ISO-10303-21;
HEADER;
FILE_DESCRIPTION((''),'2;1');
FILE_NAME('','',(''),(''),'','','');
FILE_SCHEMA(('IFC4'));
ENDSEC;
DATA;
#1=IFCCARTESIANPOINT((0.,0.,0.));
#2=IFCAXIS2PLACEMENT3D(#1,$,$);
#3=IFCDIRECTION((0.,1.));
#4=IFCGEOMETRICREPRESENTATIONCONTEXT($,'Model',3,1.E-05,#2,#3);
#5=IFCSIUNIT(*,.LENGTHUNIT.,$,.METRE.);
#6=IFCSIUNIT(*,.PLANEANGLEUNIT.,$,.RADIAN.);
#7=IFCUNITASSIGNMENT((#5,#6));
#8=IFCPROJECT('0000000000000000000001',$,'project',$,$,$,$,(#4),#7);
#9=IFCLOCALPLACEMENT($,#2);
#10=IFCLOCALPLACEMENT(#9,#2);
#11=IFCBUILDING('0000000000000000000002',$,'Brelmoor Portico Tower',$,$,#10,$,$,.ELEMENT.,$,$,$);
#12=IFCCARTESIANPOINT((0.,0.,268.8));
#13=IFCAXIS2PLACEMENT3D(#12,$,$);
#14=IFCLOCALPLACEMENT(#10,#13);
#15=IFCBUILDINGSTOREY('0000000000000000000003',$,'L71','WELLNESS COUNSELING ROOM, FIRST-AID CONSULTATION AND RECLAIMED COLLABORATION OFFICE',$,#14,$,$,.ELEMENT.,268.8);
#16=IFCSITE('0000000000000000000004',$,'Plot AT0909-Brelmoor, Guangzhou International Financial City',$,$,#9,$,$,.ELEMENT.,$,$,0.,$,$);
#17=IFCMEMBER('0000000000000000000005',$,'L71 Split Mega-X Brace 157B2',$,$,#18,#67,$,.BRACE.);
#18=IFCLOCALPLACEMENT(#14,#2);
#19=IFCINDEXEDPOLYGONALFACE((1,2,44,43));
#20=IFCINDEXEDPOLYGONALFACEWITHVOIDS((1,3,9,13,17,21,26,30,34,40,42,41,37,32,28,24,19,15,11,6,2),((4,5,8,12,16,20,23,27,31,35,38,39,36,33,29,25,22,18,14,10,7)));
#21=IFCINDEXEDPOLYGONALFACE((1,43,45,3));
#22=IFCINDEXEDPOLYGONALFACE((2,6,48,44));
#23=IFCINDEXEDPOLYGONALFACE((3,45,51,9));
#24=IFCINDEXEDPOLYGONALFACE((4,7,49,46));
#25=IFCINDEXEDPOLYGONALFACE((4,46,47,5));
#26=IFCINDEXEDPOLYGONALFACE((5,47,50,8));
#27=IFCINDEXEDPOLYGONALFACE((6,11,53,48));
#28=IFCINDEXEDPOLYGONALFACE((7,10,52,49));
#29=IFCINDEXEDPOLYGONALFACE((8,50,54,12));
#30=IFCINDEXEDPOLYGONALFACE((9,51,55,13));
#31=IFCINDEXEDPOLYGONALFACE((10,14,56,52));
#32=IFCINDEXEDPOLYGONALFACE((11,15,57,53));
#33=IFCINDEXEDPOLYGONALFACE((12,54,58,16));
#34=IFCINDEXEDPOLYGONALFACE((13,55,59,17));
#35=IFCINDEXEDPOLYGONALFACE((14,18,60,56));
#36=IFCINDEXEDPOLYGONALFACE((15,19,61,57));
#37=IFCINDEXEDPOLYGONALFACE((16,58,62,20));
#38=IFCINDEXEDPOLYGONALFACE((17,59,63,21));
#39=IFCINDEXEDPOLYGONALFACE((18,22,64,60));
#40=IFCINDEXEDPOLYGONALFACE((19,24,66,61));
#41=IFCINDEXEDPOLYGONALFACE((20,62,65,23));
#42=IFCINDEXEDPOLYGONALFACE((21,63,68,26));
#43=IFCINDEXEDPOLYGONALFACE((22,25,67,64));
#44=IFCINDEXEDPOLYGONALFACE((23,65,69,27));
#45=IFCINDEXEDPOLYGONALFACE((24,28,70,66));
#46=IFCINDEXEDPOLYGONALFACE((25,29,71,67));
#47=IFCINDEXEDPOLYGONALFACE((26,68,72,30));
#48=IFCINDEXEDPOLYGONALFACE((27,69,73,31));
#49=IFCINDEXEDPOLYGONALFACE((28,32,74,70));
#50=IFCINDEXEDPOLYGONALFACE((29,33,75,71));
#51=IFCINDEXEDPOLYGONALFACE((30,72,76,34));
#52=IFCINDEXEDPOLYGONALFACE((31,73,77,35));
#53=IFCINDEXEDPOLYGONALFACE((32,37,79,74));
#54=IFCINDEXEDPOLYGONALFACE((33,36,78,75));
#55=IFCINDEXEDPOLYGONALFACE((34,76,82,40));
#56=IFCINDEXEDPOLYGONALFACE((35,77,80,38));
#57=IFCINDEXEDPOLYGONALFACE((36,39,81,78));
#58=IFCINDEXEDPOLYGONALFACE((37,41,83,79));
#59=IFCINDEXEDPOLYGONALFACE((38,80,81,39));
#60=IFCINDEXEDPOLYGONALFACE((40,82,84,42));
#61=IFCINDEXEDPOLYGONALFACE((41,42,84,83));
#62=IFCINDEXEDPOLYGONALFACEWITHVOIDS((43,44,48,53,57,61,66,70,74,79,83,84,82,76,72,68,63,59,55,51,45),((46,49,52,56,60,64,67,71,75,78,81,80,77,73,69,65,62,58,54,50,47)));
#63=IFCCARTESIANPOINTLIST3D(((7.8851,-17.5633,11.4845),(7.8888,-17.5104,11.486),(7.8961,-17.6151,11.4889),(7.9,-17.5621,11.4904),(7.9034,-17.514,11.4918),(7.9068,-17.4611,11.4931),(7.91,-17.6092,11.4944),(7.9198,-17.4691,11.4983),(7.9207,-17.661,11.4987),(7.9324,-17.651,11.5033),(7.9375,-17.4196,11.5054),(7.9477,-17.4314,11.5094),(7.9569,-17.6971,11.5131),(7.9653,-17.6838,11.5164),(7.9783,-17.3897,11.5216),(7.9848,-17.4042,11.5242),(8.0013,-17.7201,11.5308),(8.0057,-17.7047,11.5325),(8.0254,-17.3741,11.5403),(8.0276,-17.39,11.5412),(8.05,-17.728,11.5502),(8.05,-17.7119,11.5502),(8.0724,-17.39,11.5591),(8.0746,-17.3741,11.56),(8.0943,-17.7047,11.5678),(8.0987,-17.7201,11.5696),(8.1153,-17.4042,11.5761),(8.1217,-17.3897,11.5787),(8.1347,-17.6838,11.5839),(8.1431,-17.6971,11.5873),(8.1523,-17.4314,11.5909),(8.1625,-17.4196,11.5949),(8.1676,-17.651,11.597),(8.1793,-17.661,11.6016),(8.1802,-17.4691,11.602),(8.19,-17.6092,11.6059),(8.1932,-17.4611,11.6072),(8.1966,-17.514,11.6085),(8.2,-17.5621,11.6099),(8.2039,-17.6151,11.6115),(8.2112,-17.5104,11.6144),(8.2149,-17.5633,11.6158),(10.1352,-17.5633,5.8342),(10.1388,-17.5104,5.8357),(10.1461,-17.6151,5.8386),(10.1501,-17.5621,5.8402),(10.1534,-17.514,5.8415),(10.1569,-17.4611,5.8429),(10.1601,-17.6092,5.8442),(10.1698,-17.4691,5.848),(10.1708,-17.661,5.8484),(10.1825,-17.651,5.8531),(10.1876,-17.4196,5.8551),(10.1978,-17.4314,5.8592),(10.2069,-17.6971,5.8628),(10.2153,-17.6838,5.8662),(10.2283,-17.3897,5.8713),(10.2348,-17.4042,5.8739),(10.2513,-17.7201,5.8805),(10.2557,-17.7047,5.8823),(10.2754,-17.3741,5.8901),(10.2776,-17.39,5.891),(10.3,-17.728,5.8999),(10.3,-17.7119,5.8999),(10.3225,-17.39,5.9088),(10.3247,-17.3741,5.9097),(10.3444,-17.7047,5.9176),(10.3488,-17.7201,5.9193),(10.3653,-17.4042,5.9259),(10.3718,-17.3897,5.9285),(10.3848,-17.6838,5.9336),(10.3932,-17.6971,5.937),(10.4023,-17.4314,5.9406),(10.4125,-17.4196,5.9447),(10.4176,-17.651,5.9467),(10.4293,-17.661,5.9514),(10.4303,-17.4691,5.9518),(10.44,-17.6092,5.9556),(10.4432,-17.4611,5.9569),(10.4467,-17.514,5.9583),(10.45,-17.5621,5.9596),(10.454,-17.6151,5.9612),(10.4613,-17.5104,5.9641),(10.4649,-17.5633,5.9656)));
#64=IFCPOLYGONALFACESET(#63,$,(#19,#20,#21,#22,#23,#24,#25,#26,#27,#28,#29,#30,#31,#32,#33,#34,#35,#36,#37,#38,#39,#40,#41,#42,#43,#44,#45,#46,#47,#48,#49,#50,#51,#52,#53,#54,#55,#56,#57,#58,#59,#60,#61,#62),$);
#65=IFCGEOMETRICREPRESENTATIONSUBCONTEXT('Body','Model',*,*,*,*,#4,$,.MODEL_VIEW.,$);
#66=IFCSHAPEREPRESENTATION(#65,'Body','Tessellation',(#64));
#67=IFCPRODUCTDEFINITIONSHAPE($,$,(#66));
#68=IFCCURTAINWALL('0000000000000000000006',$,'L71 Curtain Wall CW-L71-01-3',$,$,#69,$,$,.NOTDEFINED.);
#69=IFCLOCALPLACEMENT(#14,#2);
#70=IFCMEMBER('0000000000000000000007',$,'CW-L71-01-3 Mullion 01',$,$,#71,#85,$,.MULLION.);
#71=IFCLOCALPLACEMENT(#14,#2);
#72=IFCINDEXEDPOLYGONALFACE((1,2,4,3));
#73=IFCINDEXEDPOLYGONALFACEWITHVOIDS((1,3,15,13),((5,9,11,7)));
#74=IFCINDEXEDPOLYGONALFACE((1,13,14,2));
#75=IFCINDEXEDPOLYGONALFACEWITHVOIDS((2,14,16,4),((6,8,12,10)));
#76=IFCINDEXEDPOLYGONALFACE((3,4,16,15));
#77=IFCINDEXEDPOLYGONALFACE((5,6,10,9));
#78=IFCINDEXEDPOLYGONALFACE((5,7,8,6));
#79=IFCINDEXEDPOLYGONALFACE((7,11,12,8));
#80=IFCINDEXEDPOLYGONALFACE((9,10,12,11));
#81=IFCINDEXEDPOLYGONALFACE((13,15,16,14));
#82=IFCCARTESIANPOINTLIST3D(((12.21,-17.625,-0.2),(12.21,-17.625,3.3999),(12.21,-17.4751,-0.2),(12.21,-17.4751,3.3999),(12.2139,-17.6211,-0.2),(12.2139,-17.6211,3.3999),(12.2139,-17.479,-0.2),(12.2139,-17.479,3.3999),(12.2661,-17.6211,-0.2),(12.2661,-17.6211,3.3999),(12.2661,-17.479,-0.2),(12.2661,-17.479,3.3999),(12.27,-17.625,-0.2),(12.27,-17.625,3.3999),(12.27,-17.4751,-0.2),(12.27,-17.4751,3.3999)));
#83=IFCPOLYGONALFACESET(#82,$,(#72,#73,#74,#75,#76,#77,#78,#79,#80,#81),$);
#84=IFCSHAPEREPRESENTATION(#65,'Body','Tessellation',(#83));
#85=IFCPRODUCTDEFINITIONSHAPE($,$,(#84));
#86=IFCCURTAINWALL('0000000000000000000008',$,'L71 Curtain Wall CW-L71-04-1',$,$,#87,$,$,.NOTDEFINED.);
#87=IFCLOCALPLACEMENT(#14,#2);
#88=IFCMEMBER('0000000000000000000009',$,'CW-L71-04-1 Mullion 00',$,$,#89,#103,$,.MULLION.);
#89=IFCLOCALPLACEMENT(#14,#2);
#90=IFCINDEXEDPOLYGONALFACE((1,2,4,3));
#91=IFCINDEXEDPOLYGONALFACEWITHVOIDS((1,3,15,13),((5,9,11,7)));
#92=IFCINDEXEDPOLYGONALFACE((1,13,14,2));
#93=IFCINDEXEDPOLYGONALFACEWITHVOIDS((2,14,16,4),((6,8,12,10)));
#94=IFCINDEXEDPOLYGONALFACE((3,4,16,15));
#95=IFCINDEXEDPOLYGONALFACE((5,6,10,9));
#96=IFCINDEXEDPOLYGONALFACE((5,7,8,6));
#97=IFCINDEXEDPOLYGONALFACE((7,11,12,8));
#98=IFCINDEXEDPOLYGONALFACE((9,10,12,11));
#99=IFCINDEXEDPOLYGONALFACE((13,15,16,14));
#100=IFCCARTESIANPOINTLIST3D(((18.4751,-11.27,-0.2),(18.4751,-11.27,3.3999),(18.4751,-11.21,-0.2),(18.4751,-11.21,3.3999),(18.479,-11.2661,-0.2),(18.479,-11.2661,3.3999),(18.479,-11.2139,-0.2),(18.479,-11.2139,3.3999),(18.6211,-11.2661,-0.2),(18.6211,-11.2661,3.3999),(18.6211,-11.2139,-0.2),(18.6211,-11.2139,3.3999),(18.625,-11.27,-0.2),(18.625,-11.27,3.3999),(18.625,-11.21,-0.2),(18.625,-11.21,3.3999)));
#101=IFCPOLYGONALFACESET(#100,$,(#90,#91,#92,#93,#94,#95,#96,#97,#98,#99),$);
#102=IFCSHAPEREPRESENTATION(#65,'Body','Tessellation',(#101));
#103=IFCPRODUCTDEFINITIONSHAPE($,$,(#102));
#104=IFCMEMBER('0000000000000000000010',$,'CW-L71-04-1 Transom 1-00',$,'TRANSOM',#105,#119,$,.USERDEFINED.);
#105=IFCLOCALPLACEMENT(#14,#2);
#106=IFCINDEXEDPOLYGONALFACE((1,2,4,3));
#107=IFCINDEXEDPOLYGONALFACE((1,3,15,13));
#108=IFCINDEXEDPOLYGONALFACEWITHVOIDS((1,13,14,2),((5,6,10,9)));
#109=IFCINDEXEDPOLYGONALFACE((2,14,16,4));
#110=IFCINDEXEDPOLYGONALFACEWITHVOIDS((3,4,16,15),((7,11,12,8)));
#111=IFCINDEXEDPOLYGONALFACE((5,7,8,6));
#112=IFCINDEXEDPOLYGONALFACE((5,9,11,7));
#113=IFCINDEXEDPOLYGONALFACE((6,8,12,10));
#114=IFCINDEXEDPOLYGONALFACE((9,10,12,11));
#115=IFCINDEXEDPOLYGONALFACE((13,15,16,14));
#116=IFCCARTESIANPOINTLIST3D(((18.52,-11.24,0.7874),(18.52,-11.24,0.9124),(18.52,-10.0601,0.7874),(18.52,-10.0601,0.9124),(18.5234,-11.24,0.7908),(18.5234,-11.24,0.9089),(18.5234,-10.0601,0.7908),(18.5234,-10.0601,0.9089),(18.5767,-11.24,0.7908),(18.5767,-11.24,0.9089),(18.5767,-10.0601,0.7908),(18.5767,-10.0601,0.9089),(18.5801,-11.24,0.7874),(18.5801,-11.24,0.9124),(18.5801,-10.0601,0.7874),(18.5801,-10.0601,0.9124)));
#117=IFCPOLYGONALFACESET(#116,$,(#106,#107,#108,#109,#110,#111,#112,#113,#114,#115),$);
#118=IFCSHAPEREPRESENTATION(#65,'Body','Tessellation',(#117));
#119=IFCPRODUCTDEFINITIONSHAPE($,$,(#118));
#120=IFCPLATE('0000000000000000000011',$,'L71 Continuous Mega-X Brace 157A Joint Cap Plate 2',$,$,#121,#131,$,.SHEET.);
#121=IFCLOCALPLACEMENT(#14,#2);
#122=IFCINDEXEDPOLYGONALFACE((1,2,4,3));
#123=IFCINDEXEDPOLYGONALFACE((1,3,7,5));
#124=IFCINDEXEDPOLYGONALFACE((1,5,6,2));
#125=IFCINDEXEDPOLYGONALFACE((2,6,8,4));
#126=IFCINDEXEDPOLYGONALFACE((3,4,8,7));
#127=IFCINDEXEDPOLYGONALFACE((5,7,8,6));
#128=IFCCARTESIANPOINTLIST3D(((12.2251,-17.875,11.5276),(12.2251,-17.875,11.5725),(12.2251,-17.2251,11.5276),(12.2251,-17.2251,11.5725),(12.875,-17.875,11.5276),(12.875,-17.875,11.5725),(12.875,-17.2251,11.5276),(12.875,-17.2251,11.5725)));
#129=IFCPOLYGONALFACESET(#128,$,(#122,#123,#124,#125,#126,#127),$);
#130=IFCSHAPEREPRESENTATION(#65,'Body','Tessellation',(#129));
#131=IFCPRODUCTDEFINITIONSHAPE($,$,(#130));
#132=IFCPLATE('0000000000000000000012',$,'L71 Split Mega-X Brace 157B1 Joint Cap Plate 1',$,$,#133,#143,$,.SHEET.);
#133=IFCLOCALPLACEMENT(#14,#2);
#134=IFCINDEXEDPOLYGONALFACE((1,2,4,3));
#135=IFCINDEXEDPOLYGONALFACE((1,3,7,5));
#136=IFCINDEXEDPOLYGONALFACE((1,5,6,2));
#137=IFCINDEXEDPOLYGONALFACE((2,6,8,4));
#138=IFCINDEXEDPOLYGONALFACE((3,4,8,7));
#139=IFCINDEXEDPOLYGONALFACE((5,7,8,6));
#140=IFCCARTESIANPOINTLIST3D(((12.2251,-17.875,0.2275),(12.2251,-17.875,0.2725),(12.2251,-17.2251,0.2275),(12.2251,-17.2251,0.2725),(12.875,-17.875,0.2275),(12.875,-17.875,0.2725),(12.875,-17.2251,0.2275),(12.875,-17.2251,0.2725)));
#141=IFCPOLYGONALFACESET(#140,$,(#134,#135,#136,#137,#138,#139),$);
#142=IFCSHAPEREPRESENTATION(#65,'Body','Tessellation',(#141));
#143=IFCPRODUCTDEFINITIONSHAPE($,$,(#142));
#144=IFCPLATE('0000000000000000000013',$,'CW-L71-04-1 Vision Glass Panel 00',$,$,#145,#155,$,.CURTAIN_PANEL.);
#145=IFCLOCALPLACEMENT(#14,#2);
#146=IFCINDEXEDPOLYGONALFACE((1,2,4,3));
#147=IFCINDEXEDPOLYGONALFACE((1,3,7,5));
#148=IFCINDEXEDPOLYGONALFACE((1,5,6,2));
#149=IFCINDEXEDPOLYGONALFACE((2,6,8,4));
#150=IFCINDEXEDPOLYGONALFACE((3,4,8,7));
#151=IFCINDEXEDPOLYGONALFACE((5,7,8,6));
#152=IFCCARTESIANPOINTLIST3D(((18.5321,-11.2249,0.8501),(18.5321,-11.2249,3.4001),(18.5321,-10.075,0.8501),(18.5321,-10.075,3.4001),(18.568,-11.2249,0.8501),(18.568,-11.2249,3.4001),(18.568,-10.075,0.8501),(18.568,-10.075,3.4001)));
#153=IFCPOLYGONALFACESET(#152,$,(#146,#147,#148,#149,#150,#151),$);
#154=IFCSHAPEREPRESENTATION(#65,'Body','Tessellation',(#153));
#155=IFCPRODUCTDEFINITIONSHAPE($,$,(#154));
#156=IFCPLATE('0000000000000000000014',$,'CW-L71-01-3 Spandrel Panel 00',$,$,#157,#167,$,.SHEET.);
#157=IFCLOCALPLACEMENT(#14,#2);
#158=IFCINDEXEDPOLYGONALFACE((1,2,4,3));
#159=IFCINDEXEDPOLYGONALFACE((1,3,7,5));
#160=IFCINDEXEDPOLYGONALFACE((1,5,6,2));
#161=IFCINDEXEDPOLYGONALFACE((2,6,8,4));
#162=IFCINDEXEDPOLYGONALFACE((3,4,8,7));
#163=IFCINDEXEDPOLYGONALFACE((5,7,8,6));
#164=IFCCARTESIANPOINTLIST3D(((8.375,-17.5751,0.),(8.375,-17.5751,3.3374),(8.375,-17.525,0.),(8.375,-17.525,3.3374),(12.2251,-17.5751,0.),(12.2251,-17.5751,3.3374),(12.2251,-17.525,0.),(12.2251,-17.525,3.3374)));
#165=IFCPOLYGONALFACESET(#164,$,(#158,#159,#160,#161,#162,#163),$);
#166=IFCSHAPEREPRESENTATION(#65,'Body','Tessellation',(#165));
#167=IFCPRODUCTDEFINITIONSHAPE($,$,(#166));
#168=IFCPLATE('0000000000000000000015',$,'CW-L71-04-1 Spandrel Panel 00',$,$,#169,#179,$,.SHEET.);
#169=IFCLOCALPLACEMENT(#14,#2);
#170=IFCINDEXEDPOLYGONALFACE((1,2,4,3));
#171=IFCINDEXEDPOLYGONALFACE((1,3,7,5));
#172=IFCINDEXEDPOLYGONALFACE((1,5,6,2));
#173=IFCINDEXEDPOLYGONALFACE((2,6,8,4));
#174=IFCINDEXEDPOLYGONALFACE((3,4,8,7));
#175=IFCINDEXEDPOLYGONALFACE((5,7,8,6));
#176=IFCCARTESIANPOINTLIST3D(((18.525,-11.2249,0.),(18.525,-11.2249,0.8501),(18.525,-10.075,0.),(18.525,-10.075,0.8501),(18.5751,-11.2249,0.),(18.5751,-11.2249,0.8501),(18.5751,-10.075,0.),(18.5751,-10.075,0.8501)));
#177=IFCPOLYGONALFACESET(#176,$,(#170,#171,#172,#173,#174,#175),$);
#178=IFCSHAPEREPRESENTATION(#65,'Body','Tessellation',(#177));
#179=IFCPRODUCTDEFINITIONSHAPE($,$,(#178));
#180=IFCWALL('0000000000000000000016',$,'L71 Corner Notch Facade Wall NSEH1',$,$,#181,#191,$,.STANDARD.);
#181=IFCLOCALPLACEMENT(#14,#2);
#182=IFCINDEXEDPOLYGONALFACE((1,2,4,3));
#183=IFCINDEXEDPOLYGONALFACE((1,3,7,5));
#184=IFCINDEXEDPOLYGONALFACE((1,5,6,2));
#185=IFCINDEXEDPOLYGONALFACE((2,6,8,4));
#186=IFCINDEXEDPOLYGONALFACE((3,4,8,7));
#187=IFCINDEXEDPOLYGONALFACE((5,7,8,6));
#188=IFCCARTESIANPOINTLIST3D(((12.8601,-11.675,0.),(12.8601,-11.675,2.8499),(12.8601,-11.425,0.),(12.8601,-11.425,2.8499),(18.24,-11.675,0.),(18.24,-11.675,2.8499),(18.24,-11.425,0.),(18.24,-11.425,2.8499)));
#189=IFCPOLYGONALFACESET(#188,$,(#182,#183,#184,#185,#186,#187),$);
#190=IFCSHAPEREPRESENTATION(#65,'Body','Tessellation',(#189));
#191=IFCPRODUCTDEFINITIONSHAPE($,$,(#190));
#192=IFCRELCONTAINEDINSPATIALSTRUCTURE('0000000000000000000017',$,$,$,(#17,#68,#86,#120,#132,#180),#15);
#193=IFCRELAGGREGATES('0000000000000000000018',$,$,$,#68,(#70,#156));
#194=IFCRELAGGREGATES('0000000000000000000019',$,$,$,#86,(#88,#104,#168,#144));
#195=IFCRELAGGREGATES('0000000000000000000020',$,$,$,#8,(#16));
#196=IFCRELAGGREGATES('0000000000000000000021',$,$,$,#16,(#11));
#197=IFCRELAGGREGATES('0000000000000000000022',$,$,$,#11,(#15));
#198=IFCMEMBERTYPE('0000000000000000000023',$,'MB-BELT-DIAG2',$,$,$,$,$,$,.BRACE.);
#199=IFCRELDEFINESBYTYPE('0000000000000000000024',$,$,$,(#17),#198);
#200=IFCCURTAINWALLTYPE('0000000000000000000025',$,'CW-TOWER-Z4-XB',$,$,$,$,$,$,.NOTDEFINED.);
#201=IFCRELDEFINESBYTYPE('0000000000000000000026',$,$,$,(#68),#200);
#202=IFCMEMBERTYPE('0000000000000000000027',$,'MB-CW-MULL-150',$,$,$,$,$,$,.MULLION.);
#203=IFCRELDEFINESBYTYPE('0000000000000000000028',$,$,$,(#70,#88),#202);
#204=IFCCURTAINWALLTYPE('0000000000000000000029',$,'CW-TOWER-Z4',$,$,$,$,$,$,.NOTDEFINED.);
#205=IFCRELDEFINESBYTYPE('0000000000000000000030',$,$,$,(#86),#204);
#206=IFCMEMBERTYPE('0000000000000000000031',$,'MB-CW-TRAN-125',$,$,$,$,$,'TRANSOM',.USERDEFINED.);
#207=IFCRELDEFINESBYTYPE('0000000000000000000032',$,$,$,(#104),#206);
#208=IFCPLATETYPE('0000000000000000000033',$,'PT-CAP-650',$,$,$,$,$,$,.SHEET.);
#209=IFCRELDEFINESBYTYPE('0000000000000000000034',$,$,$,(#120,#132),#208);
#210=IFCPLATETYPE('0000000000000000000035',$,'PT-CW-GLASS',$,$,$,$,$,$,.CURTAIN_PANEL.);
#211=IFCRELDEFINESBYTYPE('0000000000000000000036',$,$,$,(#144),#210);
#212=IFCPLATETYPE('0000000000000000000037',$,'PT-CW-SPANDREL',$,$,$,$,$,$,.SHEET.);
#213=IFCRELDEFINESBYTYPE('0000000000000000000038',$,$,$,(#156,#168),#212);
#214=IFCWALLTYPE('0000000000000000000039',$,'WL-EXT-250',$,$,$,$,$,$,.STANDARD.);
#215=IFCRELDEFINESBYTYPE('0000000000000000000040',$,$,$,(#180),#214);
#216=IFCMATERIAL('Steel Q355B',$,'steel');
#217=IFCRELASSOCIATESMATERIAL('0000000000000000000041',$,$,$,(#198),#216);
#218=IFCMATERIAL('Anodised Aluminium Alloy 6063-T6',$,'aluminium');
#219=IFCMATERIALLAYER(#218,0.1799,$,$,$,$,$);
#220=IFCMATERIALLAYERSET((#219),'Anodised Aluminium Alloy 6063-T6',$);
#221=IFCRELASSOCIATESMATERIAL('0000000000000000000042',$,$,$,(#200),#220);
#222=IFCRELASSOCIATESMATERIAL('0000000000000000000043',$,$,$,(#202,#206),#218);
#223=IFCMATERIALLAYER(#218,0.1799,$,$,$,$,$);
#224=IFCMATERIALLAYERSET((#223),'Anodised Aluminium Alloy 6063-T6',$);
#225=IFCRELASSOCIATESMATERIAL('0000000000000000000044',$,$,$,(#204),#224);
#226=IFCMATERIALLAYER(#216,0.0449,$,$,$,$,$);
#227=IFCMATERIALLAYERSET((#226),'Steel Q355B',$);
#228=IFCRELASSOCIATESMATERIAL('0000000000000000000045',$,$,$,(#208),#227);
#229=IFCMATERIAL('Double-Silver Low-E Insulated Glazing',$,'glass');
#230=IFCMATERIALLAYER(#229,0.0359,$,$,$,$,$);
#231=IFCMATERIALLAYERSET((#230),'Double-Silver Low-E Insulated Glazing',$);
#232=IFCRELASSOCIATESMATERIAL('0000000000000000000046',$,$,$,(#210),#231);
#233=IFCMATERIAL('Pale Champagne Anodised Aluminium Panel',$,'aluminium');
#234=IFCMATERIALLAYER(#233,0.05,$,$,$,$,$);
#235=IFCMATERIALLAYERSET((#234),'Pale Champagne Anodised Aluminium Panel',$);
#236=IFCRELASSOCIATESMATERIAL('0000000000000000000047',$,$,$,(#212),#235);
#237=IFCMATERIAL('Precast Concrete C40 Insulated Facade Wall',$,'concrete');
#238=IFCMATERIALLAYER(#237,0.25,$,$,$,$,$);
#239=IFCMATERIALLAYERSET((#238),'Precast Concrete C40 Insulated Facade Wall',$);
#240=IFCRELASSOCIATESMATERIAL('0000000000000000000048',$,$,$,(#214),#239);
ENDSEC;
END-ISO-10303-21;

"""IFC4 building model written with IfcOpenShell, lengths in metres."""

from ifc_helpers import new_model, si_unit, direction, frame, frame_2d, origin, origin_2d, place, context, subcontext, project, spatial, rectangle, hollow_rectangle, hollow_circle, extrude, material, layer, layer_set, material_profile, profile_set, type_object, element, aggregate, save


model = new_model("IFC4")

# Units and contexts
model_context = context("Model", 3, precision=1e-05, world=origin(), true_north=direction((0.0, 1.0)))
body_context = subcontext(model_context, "Body", "Model", "MODEL_VIEW")
ifc_project = project(units=[si_unit("LENGTHUNIT", "METRE"), si_unit("PLANEANGLEUNIT", "RADIAN")], contexts=[model_context])

# Site, building, storey
site_placement = place(None, origin())
site = spatial("IfcSite", under=ifc_project, at=site_placement, Name="Plot AT0909-Brelmoor, Guangzhou International Financial City", CompositionType="ELEMENT", RefElevation=0.0)
building_placement = place(site_placement, origin())
building = spatial("IfcBuilding", under=site, at=building_placement, Name="Brelmoor Portico Tower", CompositionType="ELEMENT")
storey_placement = place(building_placement, frame((0.0, 0.0, 268.8)))
storey = spatial("IfcBuildingStorey", under=building, at=storey_placement, Name="L71", Description="WELLNESS COUNSELING ROOM, FIRST-AID CONSULTATION AND RECLAIMED COLLABORATION OFFICE", CompositionType="ELEMENT", Elevation=268.8)

# Shared definitions
ifc_material_1 = material(Name="Steel Q355B", Category="steel")

# Member
ifc_material_profile_1 = material_profile(ifc_material_1, hollow_circle(Radius=0.178, WallThickness=0.0161, at=origin_2d()), Name="CHS 356x16")
ifc_profile_set_1 = profile_set([ifc_material_profile_1], Name="Steel Q355B")
member_type_1 = type_object("IfcMemberType", Name="MB-BELT-DIAG2", PredefinedType="BRACE", material=ifc_profile_set_1)
member_1_placement = place(storey_placement, frame((10.3, -17.55, 5.8999), z_axis=(-0.369964, 0.0, 0.929046), x_axis=(0.0, -1.0, 0.0)))
element("IfcMember", 1, at=member_1_placement, inside=storey, type_object=member_type_1, Name="L71 Split Mega-X Brace 157B2", PredefinedType="BRACE", context=body_context, shape_type="SweptSolid", body=[
    extrude(hollow_circle(Radius=0.178, WallThickness=0.0161, at=origin_2d()), origin(), (0.0, 0.0, 1.0), 6.0818),
])

# Curtain wall, member
ifc_material_2 = material(Name="Anodised Aluminium Alloy 6063-T6", Category="aluminium")
ifc_layer_1 = layer(ifc_material_2, 0.1799)
ifc_layer_set_1 = layer_set([ifc_layer_1], Name="Anodised Aluminium Alloy 6063-T6")
curtain_wall_type_1 = type_object("IfcCurtainWallType", Name="CW-TOWER-Z4-XB", PredefinedType="NOTDEFINED", material=ifc_layer_set_1)
curtain_wall_1_placement = place(storey_placement, origin())
curtain_wall_1 = element("IfcCurtainWall", 2, at=curtain_wall_1_placement, inside=storey, type_object=curtain_wall_type_1, Name="L71 Curtain Wall CW-L71-01-3", PredefinedType="NOTDEFINED")
ifc_material_profile_2 = material_profile(ifc_material_2, hollow_rectangle(XDim=0.0601, YDim=0.1499, WallThickness=0.0039, at=origin_2d()), Name="ALU MULLION 60x150")
ifc_profile_set_2 = profile_set([ifc_material_profile_2], Name="Anodised Aluminium Alloy 6063-T6")
member_type_2 = type_object("IfcMemberType", Name="MB-CW-MULL-150", PredefinedType="MULLION", material=ifc_profile_set_2)
member_2_placement = place(storey_placement, frame((12.24, -17.55, -0.2), z_axis=(0.0, 0.0, 1.0), x_axis=(1.0, 0.0, 0.0)))
member_2 = element("IfcMember", 3, at=member_2_placement, type_object=member_type_2, Name="CW-L71-01-3 Mullion 01", PredefinedType="MULLION", context=body_context, shape_type="SweptSolid", body=[
    extrude(hollow_rectangle(XDim=0.0601, YDim=0.1499, WallThickness=0.0039, at=origin_2d()), origin(), (0.0, 0.0, 1.0), 3.5999),
])

# Curtain wall, members
ifc_layer_2 = layer(ifc_material_2, 0.1799)
ifc_layer_set_2 = layer_set([ifc_layer_2], Name="Anodised Aluminium Alloy 6063-T6")
curtain_wall_type_2 = type_object("IfcCurtainWallType", Name="CW-TOWER-Z4", PredefinedType="NOTDEFINED", material=ifc_layer_set_2)
curtain_wall_2_placement = place(storey_placement, origin())
curtain_wall_2 = element("IfcCurtainWall", 4, at=curtain_wall_2_placement, inside=storey, type_object=curtain_wall_type_2, Name="L71 Curtain Wall CW-L71-04-1", PredefinedType="NOTDEFINED")
member_3_placement = place(storey_placement, frame((18.55, -11.24, -0.2), z_axis=(0.0, 0.0, 1.0), x_axis=(0.0, 1.0, 0.0)))
member_3 = element("IfcMember", 5, at=member_3_placement, type_object=member_type_2, Name="CW-L71-04-1 Mullion 00", PredefinedType="MULLION", context=body_context, shape_type="SweptSolid", body=[
    extrude(hollow_rectangle(XDim=0.0601, YDim=0.1499, WallThickness=0.0039, at=origin_2d()), origin(), (0.0, 0.0, 1.0), 3.5999),
])
ifc_material_profile_3 = material_profile(ifc_material_2, hollow_rectangle(XDim=0.0601, YDim=0.125, WallThickness=0.0034, at=origin_2d()), Name="ALU TRANSOM 60x125")
ifc_profile_set_3 = profile_set([ifc_material_profile_3], Name="Anodised Aluminium Alloy 6063-T6")
member_type_3 = type_object("IfcMemberType", Name="MB-CW-TRAN-125", ElementType="TRANSOM", PredefinedType="USERDEFINED", material=ifc_profile_set_3)
member_4_placement = place(storey_placement, frame((18.55, -11.24, 0.8499), z_axis=(0.0, 1.0, 0.0), x_axis=(-1.0, 0.0, 0.0)))
member_4 = element("IfcMember", 6, at=member_4_placement, type_object=member_type_3, Name="CW-L71-04-1 Transom 1-00", ObjectType="TRANSOM", PredefinedType="USERDEFINED", context=body_context, shape_type="SweptSolid", body=[
    extrude(hollow_rectangle(XDim=0.0601, YDim=0.125, WallThickness=0.0034, at=origin_2d()), origin(), (0.0, 0.0, 1.0), 1.1799),
])

# Plates
ifc_layer_3 = layer(ifc_material_1, 0.0449)
ifc_layer_set_3 = layer_set([ifc_layer_3], Name="Steel Q355B")
plate_type_1 = type_object("IfcPlateType", Name="PT-CAP-650", PredefinedType="SHEET", material=ifc_layer_set_3)
for number, where, z_axis, x_axis, name in (
    (7, (12.55, -17.55, 11.5276), (0.0, 0.0, 1.0), (1.0, 0.0, 0.0), "L71 Continuous Mega-X Brace 157A Joint Cap Plate 2"),
    (8, (12.55, -17.55, 0.2275), (0.0, 0.0, 1.0), (1.0, 0.0, 0.0), "L71 Split Mega-X Brace 157B1 Joint Cap Plate 1"),
):
    element("IfcPlate", number, at=place(storey_placement, frame(where, z_axis=z_axis, x_axis=x_axis)), inside=storey, type_object=plate_type_1, Name=name, PredefinedType="SHEET", context=body_context, shape_type="SweptSolid", body=[
        extrude(rectangle(XDim=0.6499, YDim=0.6499, at=origin_2d()), origin(), (0.0, 0.0, 1.0), 0.0449),
    ])

# Plates
ifc_material_3 = material(Name="Double-Silver Low-E Insulated Glazing", Category="glass")
ifc_layer_4 = layer(ifc_material_3, 0.0359)
ifc_layer_set_4 = layer_set([ifc_layer_4], Name="Double-Silver Low-E Insulated Glazing")
plate_type_2 = type_object("IfcPlateType", Name="PT-CW-GLASS", PredefinedType="CURTAIN_PANEL", material=ifc_layer_set_4)
plate_1_placement = place(storey_placement, frame((18.55, -10.6499, 0.8501), z_axis=(0.0, 0.0, 1.0), x_axis=(0.0, 1.0, 0.0)))
plate_1 = element("IfcPlate", 9, at=plate_1_placement, type_object=plate_type_2, Name="CW-L71-04-1 Vision Glass Panel 00", PredefinedType="CURTAIN_PANEL", context=body_context, shape_type="SweptSolid", body=[
    extrude(rectangle(XDim=1.1499, YDim=0.0359, at=origin_2d()), origin(), (0.0, 0.0, 1.0), 2.55),
])
ifc_material_4 = material(Name="Pale Champagne Anodised Aluminium Panel", Category="aluminium")
ifc_layer_5 = layer(ifc_material_4, 0.05)
ifc_layer_set_5 = layer_set([ifc_layer_5], Name="Pale Champagne Anodised Aluminium Panel")
plate_type_3 = type_object("IfcPlateType", Name="PT-CW-SPANDREL", PredefinedType="SHEET", material=ifc_layer_set_5)
plate_2_placement = place(storey_placement, frame((10.3, -17.55, 0.0), z_axis=(0.0, 0.0, 1.0), x_axis=(1.0, 0.0, 0.0)))
plate_2 = element("IfcPlate", 10, at=plate_2_placement, type_object=plate_type_3, Name="CW-L71-01-3 Spandrel Panel 00", PredefinedType="SHEET", context=body_context, shape_type="SweptSolid", body=[
    extrude(rectangle(XDim=3.8501, YDim=0.05, at=origin_2d()), origin(), (0.0, 0.0, 1.0), 3.3374),
])
aggregate(curtain_wall_1, [member_2, plate_2])
plate_3_placement = place(storey_placement, frame((18.55, -10.6499, 0.0), z_axis=(0.0, 0.0, 1.0), x_axis=(0.0, 1.0, 0.0)))
plate_3 = element("IfcPlate", 11, at=plate_3_placement, type_object=plate_type_3, Name="CW-L71-04-1 Spandrel Panel 00", PredefinedType="SHEET", context=body_context, shape_type="SweptSolid", body=[
    extrude(rectangle(XDim=1.1499, YDim=0.05, at=origin_2d()), origin(), (0.0, 0.0, 1.0), 0.8501),
])
aggregate(curtain_wall_2, [member_3, member_4, plate_3, plate_1])

# Wall
ifc_material_5 = material(Name="Precast Concrete C40 Insulated Facade Wall", Category="concrete")
ifc_layer_6 = layer(ifc_material_5, 0.25)
ifc_layer_set_6 = layer_set([ifc_layer_6], Name="Precast Concrete C40 Insulated Facade Wall")
wall_type_1 = type_object("IfcWallType", Name="WL-EXT-250", PredefinedType="STANDARD", material=ifc_layer_set_6)
for number, where, z_axis, x_axis, name in (
    (12, (12.8601, -11.55, 0.0), (0.0, 0.0, 1.0), (1.0, 0.0, 0.0), "L71 Corner Notch Facade Wall NSEH1"),
):
    element("IfcWall", number, at=place(storey_placement, frame(where, z_axis=z_axis, x_axis=x_axis)), inside=storey, type_object=wall_type_1, Name=name, PredefinedType="STANDARD", context=body_context, shape_type="SweptSolid", body=[
        extrude(rectangle(XDim=5.3799, YDim=0.25, at=frame_2d((2.6899, 0.0))), origin(), (0.0, 0.0, 1.0), 2.8499),
    ])

save(model, "model.ifc")
